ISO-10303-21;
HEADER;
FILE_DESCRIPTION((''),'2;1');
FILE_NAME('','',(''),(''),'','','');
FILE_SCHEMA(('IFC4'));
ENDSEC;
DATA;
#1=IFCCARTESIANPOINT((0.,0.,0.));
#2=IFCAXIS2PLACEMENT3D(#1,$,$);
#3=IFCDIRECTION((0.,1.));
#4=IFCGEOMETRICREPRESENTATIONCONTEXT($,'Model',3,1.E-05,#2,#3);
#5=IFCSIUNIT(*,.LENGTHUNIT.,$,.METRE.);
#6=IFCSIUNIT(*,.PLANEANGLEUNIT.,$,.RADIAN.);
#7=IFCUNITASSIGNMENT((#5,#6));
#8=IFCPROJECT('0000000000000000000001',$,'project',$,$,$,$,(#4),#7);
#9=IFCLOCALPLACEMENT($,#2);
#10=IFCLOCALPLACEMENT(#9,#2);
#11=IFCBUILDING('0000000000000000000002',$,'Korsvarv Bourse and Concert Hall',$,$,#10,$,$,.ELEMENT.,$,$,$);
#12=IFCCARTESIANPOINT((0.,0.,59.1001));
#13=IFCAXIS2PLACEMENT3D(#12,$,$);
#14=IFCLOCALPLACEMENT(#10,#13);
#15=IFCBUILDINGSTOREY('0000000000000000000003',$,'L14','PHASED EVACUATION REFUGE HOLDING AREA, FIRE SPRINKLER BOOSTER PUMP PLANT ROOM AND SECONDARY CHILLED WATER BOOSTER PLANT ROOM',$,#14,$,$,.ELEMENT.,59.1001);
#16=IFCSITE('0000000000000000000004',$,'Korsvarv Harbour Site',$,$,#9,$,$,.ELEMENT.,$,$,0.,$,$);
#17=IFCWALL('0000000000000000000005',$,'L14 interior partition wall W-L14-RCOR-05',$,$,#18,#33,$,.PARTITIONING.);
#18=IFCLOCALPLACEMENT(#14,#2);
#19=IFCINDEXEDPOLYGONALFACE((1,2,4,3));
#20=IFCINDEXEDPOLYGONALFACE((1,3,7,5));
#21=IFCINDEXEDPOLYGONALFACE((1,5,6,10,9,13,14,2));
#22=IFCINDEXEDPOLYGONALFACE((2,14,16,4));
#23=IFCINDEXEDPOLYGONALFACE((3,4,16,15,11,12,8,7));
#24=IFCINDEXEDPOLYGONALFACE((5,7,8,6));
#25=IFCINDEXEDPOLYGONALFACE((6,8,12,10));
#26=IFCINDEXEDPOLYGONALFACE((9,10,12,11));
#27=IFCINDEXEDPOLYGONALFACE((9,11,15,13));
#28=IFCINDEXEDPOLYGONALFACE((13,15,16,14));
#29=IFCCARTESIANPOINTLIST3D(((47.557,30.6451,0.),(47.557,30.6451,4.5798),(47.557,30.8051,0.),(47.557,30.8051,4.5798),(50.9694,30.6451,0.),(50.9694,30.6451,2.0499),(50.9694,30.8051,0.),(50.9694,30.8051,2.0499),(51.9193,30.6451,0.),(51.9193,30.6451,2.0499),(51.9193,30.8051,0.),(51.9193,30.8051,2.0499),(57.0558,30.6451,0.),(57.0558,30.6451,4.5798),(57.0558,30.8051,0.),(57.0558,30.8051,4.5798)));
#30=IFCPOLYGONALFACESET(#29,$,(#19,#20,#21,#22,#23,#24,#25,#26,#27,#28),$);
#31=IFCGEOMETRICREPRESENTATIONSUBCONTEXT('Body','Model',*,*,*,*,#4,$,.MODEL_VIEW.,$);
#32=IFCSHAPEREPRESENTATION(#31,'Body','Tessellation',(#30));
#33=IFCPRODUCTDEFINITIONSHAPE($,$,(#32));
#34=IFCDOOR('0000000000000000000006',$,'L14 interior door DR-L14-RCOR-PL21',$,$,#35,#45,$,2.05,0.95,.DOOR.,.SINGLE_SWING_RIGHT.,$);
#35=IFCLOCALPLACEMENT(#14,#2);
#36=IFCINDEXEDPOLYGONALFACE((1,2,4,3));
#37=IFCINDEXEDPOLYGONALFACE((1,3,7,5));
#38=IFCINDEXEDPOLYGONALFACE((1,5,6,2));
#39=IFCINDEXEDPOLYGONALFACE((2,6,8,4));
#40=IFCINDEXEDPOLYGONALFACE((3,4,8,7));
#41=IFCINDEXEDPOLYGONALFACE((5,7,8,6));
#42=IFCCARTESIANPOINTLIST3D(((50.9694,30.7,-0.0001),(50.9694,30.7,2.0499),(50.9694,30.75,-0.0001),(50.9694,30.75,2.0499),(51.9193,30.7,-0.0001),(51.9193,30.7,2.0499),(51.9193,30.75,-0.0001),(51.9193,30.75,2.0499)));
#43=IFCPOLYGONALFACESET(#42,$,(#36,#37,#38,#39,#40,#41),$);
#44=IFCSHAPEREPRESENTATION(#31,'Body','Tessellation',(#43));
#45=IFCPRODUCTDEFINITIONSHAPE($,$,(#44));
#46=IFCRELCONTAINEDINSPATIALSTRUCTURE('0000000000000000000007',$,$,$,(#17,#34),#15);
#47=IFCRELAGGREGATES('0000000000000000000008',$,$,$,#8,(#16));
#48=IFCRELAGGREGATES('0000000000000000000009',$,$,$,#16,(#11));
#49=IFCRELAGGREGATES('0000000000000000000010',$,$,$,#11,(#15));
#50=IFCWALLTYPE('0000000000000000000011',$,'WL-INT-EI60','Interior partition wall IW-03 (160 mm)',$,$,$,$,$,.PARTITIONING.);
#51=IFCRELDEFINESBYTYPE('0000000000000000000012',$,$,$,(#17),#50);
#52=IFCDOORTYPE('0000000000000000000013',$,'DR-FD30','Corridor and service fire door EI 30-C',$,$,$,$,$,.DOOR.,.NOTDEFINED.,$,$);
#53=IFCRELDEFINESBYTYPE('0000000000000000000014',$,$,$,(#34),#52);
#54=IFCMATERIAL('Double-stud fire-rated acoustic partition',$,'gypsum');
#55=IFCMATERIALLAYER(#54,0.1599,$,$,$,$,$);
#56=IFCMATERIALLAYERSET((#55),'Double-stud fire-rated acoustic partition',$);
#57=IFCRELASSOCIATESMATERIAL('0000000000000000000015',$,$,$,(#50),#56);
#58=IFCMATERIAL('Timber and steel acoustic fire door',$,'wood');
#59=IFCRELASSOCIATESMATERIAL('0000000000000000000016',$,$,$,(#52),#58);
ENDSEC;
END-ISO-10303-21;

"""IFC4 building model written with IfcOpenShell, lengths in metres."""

from ifc_helpers import new_model, si_unit, direction, frame, frame_2d, origin, place, context, subcontext, project, spatial, rectangle, extrude, material, layer, layer_set, type_object, element, fill, save


model = new_model("IFC4")

# Units and contexts
model_context = context("Model", 3, precision=1e-05, world=origin(), true_north=direction((0.0, 1.0)))
body_context = subcontext(model_context, "Body", "Model", "MODEL_VIEW")
ifc_project = project(units=[si_unit("LENGTHUNIT", "METRE"), si_unit("PLANEANGLEUNIT", "RADIAN")], contexts=[model_context])

# Site, building, storey
site_placement = place(None, origin())
site = spatial("IfcSite", under=ifc_project, at=site_placement, Name="Korsvarv Harbour Site", CompositionType="ELEMENT", RefElevation=0.0)
building_placement = place(site_placement, origin())
building = spatial("IfcBuilding", under=site, at=building_placement, Name="Korsvarv Bourse and Concert Hall", CompositionType="ELEMENT")
storey_placement = place(building_placement, frame((0.0, 0.0, 59.1001)))
storey = spatial("IfcBuildingStorey", under=building, at=storey_placement, Name="L14", Description="PHASED EVACUATION REFUGE HOLDING AREA, FIRE SPRINKLER BOOSTER PUMP PLANT ROOM AND SECONDARY CHILLED WATER BOOSTER PLANT ROOM", CompositionType="ELEMENT", Elevation=59.1001)

# Wall, opening, door
ifc_material_1 = material(Name="Double-stud fire-rated acoustic partition", Category="gypsum")
ifc_layer_1 = layer(ifc_material_1, 0.1599)
ifc_layer_set_1 = layer_set([ifc_layer_1], Name="Double-stud fire-rated acoustic partition")
wall_type = type_object("IfcWallType", Name="WL-INT-EI60", Description="Interior partition wall IW-03 (160 mm)", PredefinedType="PARTITIONING", material=ifc_layer_set_1)
ifc_material_2 = material(Name="Timber and steel acoustic fire door", Category="wood")
door_type = type_object("IfcDoorType", Name="DR-FD30", Description="Corridor and service fire door EI 30-C", OperationType="NOTDEFINED", PredefinedType="DOOR", material=ifc_material_2)
wall_1_placement = place(storey_placement, frame((47.5569, 30.7251, 0.0), z_axis=(0.0, 0.0, 1.0), x_axis=(1.0, 0.0, 0.0)))
wall_1 = element("IfcWall", 1, at=wall_1_placement, inside=storey, type_object=wall_type, Name="L14 interior partition wall W-L14-RCOR-05", PredefinedType="PARTITIONING", context=body_context, shape_type="SweptSolid", body=[
    extrude(rectangle(XDim=9.4988, YDim=0.1599, at=frame_2d((4.7495, 0.0))), origin(), (0.0, 0.0, 1.0), 4.5798),
])
opening_1_placement = place(wall_1_placement, frame((3.4124, 0.0, 0.0)))
opening_1 = element("IfcOpeningElement", 2, at=opening_1_placement, cuts=wall_1, PredefinedType="OPENING", context=body_context, shape_type="SweptSolid", body=[
    extrude(rectangle(XDim=0.95, YDim=2.05, at=frame_2d((0.4751, 1.0249))), frame((0.0, 0.0898, 0.0), z_axis=(0.0, -1.0, 0.0), x_axis=(1.0, 0.0, 0.0)), (0.0, 0.0, 1.0), 0.1799),
])
door_1_placement = place(opening_1_placement, origin())
door_1 = element("IfcDoor", 3, at=door_1_placement, inside=storey, type_object=door_type, Name="L14 interior door DR-L14-RCOR-PL21", OperationType="SINGLE_SWING_RIGHT", OverallHeight=2.05, OverallWidth=0.95, PredefinedType="DOOR", context=body_context, shape_type="SweptSolid", body=[
    extrude(rectangle(XDim=0.95, YDim=2.05, at=frame_2d((0.4751, 1.0249))), frame((0.0, 0.0249, 0.0), z_axis=(0.0, -1.0, 0.0), x_axis=(1.0, 0.0, 0.0)), (0.0, 0.0, 1.0), 0.05),
])
fill(opening_1, door_1)

save(model, "model.ifc")
